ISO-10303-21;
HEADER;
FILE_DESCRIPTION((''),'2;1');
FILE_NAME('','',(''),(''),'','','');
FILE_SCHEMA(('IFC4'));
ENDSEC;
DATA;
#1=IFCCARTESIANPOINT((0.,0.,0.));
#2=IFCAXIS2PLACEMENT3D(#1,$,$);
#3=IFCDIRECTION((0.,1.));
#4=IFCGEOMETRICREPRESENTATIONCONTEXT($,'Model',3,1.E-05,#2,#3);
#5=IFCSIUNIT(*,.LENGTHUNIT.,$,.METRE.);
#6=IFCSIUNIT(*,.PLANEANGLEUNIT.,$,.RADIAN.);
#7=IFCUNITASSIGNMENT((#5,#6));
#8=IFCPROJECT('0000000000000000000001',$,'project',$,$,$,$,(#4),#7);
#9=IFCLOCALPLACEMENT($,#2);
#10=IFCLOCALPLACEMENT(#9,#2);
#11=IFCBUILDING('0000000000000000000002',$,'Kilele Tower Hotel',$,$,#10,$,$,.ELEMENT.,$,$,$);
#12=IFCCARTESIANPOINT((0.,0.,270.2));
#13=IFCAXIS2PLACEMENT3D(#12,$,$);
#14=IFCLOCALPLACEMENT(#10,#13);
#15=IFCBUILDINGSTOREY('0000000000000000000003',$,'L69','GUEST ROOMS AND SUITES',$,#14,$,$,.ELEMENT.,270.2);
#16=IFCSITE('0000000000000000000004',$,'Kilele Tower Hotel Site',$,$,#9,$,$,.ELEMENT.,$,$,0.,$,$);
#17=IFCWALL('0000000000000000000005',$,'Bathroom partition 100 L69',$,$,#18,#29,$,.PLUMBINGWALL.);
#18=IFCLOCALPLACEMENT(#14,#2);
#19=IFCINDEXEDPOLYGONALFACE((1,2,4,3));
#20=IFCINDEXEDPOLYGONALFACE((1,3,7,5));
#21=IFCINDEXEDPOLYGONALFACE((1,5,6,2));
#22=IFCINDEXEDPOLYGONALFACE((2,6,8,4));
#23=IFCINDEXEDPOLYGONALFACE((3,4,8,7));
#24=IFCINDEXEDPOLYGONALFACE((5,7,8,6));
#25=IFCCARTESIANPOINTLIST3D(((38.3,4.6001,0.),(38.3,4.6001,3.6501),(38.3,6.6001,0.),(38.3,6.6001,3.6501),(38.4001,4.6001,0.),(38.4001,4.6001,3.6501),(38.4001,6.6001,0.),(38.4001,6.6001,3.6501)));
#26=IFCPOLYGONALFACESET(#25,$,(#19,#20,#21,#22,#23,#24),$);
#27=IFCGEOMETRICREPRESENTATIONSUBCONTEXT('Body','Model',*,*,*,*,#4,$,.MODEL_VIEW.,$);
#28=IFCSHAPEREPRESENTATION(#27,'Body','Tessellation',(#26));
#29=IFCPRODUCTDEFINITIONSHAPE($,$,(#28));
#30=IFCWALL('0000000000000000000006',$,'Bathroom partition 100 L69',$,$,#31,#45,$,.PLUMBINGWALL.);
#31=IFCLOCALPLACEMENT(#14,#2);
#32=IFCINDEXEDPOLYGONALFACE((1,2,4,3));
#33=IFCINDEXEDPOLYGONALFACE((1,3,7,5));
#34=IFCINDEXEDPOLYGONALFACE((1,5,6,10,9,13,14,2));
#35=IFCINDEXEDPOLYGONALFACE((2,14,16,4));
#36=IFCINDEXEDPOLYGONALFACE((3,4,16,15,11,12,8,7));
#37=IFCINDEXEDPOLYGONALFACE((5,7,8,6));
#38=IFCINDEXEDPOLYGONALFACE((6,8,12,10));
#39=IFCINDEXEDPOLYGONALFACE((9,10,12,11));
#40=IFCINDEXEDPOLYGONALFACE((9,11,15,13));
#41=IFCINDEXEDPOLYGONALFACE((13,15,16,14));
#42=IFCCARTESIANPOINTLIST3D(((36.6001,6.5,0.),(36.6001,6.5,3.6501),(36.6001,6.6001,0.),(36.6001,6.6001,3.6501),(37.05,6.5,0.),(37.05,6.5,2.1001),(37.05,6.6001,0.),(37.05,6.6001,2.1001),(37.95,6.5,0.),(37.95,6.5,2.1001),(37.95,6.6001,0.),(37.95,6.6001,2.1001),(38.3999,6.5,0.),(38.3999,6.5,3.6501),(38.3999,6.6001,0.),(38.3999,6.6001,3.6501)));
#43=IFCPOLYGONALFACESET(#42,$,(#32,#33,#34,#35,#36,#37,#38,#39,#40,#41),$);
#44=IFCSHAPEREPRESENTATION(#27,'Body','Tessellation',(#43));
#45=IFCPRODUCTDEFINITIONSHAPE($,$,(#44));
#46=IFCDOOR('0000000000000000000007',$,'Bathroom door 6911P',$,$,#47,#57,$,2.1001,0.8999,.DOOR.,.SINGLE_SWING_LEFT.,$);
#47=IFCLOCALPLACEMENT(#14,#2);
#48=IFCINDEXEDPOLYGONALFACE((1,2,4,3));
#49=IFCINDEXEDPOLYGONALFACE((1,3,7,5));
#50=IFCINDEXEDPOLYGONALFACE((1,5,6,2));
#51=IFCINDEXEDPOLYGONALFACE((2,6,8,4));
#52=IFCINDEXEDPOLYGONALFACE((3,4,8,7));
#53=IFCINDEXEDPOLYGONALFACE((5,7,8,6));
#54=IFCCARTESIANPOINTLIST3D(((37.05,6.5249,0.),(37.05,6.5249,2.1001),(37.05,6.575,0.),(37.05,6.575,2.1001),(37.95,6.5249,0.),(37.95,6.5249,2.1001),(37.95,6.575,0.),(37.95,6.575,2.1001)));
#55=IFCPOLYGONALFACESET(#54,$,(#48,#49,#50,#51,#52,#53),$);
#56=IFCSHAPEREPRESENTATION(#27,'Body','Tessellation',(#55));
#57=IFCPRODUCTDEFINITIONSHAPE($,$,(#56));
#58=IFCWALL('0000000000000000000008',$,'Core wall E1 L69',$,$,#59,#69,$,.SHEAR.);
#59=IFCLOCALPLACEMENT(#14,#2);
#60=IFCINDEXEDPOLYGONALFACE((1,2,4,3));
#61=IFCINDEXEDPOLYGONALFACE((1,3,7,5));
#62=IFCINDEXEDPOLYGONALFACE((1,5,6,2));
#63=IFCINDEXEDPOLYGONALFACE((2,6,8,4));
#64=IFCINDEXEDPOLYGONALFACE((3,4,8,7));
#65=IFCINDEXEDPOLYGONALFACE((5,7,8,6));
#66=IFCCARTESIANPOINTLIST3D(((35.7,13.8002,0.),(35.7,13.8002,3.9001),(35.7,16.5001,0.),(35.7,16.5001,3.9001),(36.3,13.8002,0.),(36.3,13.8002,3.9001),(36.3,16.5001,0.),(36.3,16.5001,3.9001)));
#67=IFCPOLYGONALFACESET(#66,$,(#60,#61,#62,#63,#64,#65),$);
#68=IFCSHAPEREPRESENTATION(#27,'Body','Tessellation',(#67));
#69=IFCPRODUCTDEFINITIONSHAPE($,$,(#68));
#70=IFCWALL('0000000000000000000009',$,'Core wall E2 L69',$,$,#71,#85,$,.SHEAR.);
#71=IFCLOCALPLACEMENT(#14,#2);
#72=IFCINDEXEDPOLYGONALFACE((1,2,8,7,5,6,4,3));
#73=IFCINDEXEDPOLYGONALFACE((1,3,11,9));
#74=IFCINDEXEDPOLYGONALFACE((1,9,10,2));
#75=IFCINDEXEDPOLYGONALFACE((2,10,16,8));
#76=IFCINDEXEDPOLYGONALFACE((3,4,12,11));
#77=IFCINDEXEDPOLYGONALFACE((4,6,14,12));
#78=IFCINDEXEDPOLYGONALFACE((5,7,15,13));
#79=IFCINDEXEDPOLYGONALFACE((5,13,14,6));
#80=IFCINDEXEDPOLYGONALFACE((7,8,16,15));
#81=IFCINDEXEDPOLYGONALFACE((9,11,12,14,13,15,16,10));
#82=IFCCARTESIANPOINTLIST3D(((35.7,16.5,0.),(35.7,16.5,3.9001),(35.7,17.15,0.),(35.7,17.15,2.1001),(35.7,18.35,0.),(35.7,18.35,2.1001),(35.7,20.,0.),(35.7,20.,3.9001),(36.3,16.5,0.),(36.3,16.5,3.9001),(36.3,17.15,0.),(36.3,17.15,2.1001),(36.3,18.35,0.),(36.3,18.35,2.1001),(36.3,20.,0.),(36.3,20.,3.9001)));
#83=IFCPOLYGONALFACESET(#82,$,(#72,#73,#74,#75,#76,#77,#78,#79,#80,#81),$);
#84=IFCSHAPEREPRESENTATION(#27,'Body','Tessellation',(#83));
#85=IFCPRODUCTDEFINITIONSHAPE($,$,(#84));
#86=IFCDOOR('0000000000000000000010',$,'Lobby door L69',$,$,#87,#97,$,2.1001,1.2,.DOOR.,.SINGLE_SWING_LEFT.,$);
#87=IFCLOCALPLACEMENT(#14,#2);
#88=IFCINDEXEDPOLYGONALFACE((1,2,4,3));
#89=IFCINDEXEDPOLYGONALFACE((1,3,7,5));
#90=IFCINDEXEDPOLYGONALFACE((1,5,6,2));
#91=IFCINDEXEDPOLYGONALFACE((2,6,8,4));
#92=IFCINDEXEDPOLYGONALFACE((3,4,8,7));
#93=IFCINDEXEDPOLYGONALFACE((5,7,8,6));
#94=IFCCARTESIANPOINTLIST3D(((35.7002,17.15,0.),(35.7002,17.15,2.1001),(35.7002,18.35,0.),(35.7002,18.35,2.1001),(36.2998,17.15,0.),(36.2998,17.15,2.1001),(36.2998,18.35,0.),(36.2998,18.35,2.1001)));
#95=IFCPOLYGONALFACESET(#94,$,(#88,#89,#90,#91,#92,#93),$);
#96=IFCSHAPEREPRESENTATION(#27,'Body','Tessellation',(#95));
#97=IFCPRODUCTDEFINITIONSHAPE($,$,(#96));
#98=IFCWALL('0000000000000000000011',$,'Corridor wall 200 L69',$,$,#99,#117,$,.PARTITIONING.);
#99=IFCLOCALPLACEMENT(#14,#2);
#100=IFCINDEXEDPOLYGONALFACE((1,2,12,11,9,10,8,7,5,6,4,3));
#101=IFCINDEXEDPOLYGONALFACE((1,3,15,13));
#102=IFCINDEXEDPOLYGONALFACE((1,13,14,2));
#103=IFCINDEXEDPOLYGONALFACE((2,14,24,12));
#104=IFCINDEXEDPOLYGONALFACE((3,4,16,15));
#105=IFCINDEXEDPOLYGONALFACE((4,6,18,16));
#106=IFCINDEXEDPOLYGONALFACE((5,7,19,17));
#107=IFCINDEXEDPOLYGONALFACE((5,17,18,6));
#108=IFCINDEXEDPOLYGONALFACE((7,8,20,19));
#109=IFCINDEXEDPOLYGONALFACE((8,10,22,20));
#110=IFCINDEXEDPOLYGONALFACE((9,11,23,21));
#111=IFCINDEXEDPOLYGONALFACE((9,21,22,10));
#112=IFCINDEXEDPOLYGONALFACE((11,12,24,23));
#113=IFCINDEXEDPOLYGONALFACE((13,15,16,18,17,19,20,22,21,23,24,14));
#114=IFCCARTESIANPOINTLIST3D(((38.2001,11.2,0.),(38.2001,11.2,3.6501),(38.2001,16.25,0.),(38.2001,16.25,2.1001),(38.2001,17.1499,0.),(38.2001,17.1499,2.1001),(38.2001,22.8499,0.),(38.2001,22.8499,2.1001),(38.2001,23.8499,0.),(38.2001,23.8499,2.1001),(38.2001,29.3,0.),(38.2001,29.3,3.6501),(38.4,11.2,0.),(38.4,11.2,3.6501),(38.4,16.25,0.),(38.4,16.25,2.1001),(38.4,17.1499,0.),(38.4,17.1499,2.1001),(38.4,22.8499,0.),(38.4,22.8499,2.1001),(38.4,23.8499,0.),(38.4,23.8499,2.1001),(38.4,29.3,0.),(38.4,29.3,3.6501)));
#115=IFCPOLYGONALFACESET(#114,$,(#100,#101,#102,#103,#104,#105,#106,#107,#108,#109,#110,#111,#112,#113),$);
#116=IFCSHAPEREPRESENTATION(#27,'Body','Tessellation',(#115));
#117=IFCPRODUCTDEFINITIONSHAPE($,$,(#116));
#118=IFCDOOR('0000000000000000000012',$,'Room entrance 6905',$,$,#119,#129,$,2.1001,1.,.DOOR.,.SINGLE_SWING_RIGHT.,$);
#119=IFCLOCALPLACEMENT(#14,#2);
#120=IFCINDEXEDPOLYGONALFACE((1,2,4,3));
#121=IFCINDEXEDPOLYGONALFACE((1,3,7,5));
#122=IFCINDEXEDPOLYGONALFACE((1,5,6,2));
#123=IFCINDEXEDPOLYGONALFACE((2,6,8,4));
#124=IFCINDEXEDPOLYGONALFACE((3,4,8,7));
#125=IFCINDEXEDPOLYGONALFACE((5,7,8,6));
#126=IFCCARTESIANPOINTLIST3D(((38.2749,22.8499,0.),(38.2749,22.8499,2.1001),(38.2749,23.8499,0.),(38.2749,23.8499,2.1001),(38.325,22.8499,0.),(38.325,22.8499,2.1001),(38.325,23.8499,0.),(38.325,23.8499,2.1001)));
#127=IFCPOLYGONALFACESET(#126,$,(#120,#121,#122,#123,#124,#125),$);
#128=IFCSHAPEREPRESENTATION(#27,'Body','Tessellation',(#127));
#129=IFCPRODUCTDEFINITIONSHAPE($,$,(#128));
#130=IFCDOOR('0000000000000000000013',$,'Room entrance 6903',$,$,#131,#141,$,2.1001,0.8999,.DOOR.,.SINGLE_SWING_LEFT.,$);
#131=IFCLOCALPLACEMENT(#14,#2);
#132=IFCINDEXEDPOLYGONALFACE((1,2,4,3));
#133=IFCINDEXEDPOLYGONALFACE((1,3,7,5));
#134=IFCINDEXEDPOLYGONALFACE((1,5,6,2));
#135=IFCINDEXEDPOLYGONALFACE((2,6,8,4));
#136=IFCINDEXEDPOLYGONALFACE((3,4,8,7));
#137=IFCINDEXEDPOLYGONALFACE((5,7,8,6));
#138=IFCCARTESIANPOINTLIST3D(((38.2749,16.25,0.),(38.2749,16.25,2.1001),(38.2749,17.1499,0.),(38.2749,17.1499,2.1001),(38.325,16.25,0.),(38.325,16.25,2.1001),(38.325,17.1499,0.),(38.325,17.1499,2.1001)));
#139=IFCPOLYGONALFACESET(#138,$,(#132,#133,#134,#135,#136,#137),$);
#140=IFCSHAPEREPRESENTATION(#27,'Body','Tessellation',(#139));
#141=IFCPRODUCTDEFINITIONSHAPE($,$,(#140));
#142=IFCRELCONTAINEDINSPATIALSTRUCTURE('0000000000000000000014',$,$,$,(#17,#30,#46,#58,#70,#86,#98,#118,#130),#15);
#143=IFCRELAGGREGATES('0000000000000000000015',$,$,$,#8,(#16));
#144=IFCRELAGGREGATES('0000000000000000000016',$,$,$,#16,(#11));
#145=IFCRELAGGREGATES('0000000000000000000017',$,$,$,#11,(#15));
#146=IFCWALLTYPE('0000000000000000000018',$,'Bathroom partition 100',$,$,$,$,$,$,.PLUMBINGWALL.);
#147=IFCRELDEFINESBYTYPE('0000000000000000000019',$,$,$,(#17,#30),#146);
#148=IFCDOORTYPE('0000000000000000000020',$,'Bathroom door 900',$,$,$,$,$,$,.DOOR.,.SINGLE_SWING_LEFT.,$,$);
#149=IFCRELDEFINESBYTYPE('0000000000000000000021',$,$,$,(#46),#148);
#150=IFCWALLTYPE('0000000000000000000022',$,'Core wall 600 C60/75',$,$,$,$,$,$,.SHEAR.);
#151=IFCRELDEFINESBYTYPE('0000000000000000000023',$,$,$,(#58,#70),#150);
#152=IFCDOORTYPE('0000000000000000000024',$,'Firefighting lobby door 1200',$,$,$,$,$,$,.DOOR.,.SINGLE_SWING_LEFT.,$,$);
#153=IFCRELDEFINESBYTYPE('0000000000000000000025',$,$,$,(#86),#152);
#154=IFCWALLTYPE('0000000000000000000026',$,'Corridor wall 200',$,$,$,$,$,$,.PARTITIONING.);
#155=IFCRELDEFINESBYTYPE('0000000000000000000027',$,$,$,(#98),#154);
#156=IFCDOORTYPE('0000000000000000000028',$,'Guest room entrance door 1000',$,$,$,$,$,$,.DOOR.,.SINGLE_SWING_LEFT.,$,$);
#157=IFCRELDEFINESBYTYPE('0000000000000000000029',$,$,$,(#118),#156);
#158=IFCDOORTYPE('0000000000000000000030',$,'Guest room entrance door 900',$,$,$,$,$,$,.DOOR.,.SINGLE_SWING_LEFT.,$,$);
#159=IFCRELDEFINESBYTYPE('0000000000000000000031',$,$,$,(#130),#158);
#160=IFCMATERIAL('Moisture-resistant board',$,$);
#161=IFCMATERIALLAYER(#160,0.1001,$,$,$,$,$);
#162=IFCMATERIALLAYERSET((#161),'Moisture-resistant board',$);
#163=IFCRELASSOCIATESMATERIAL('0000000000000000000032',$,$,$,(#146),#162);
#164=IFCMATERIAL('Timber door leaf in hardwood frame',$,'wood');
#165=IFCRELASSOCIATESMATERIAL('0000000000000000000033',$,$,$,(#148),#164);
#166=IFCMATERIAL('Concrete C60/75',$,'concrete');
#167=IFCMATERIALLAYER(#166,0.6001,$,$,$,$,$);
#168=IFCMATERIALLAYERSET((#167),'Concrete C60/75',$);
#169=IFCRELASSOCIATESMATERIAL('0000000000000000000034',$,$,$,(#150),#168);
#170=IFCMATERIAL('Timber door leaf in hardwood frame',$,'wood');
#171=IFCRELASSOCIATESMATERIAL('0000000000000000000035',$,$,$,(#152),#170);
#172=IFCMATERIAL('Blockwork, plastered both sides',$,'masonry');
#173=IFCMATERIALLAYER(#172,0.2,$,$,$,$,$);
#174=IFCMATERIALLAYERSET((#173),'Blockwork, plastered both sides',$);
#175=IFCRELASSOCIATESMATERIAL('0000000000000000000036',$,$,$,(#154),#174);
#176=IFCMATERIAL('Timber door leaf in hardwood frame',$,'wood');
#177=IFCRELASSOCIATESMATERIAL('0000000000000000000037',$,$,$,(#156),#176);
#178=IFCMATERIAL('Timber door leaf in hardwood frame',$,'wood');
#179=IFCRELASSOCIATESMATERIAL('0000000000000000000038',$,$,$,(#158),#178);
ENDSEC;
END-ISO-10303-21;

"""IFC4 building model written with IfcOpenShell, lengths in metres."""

from ifc_helpers import new_model, si_unit, direction, frame, frame_2d, origin, place, context, subcontext, project, spatial, rectangle, extrude, material, layer, layer_set, type_object, element, fill, save


model = new_model("IFC4")

# Units and contexts
model_context = context("Model", 3, precision=1e-05, world=origin(), true_north=direction((0.0, 1.0)))
body_context = subcontext(model_context, "Body", "Model", "MODEL_VIEW")
ifc_project = project(units=[si_unit("LENGTHUNIT", "METRE"), si_unit("PLANEANGLEUNIT", "RADIAN")], contexts=[model_context])

# Site, building, storey
site_placement = place(None, origin())
site = spatial("IfcSite", under=ifc_project, at=site_placement, Name="Kilele Tower Hotel Site", CompositionType="ELEMENT", RefElevation=0.0)
building_placement = place(site_placement, origin())
building = spatial("IfcBuilding", under=site, at=building_placement, Name="Kilele Tower Hotel", CompositionType="ELEMENT")
storey_placement = place(building_placement, frame((0.0, 0.0, 270.2)))
storey = spatial("IfcBuildingStorey", under=building, at=storey_placement, Name="L69", Description="GUEST ROOMS AND SUITES", CompositionType="ELEMENT", Elevation=270.2)

# Shared definitions
ifc_material_1 = material(Name="Moisture-resistant board")
ifc_layer_1 = layer(ifc_material_1, 0.1001)
ifc_layer_set_1 = layer_set([ifc_layer_1], Name="Moisture-resistant board")
wall_type_1 = type_object("IfcWallType", Name="Bathroom partition 100", PredefinedType="PLUMBINGWALL", material=ifc_layer_set_1)

# Shared definitions
ifc_material_2 = material(Name="Timber door leaf in hardwood frame", Category="wood")
door_type_1 = type_object("IfcDoorType", Name="Bathroom door 900", OperationType="SINGLE_SWING_LEFT", PredefinedType="DOOR", material=ifc_material_2)

# Wall
wall_1_placement = place(storey_placement, frame((38.3501, 4.6001, 0.0), z_axis=(0.0, 0.0, 1.0), x_axis=(0.0, 1.0, 0.0)))
element("IfcWall", 1, at=wall_1_placement, inside=storey, type_object=wall_type_1, Name="Bathroom partition 100 L69", PredefinedType="PLUMBINGWALL", context=body_context, shape_type="SweptSolid", body=[
    extrude(rectangle(XDim=2.0, YDim=0.1001, at=frame_2d((1.0, 0.0))), origin(), (0.0, 0.0, 1.0), 3.6501),
])

# Wall, opening, door
wall_2_placement = place(storey_placement, frame((36.6001, 6.55, 0.0), z_axis=(0.0, 0.0, 1.0), x_axis=(1.0, 0.0, 0.0)))
wall_2 = element("IfcWall", 2, at=wall_2_placement, inside=storey, type_object=wall_type_1, Name="Bathroom partition 100 L69", PredefinedType="PLUMBINGWALL", context=body_context, shape_type="SweptSolid", body=[
    extrude(rectangle(XDim=1.7998, YDim=0.1001, at=frame_2d((0.8999, 0.0))), origin(), (0.0, 0.0, 1.0), 3.6501),
])
opening_1_placement = place(wall_2_placement, frame((0.45, 0.0, 0.0)))
opening_1 = element("IfcOpeningElement", 3, at=opening_1_placement, cuts=wall_2, PredefinedType="OPENING", context=body_context, shape_type="SweptSolid", body=[
    extrude(rectangle(XDim=0.8999, YDim=2.1001, at=frame_2d((0.45, 1.05))), frame((0.0, 0.0601, 0.0), z_axis=(0.0, -1.0, 0.0), x_axis=(1.0, 0.0, 0.0)), (0.0, 0.0, 1.0), 0.1201),
])
door_1_placement = place(opening_1_placement, origin())
door_1 = element("IfcDoor", 4, at=door_1_placement, inside=storey, type_object=door_type_1, Name="Bathroom door 6911P", OperationType="SINGLE_SWING_LEFT", OverallHeight=2.1001, OverallWidth=0.8999, PredefinedType="DOOR", context=body_context, shape_type="SweptSolid", body=[
    extrude(rectangle(XDim=0.8999, YDim=2.1001, at=frame_2d((0.45, 1.05))), frame((0.0, 0.0249, 0.0), z_axis=(0.0, -1.0, 0.0), x_axis=(1.0, 0.0, 0.0)), (0.0, 0.0, 1.0), 0.05),
])
fill(opening_1, door_1)

# Wall
ifc_material_3 = material(Name="Concrete C60/75", Category="concrete")
ifc_layer_2 = layer(ifc_material_3, 0.6001)
ifc_layer_set_2 = layer_set([ifc_layer_2], Name="Concrete C60/75")
wall_type_2 = type_object("IfcWallType", Name="Core wall 600 C60/75", PredefinedType="SHEAR", material=ifc_layer_set_2)
wall_3_placement = place(storey_placement, frame((36.0, 13.8, 0.0), z_axis=(0.0, 0.0, 1.0), x_axis=(0.0, 1.0, 0.0)))
element("IfcWall", 5, at=wall_3_placement, inside=storey, type_object=wall_type_2, Name="Core wall E1 L69", PredefinedType="SHEAR", context=body_context, shape_type="SweptSolid", body=[
    extrude(rectangle(XDim=2.7, YDim=0.6001, at=frame_2d((1.3501, 0.0))), origin(), (0.0, 0.0, 1.0), 3.9001),
])

# Wall, opening, door
wall_4_placement = place(storey_placement, frame((36.0, 16.5, 0.0), z_axis=(0.0, 0.0, 1.0), x_axis=(0.0, 1.0, 0.0)))
wall_4 = element("IfcWall", 6, at=wall_4_placement, inside=storey, type_object=wall_type_2, Name="Core wall E2 L69", PredefinedType="SHEAR", context=body_context, shape_type="SweptSolid", body=[
    extrude(rectangle(XDim=3.5, YDim=0.6001, at=frame_2d((1.75, 0.0))), origin(), (0.0, 0.0, 1.0), 3.9001),
])
opening_2_placement = place(wall_4_placement, frame((0.6499, 0.0, 0.0)))
opening_2 = element("IfcOpeningElement", 7, at=opening_2_placement, cuts=wall_4, PredefinedType="OPENING", context=body_context, shape_type="SweptSolid", body=[
    extrude(rectangle(XDim=1.2, YDim=2.1001, at=frame_2d((0.6001, 1.05))), frame((0.0, 0.3101, 0.0), z_axis=(0.0, -1.0, 0.0), x_axis=(1.0, 0.0, 0.0)), (0.0, 0.0, 1.0), 0.6201),
])
ifc_material_4 = material(Name="Timber door leaf in hardwood frame", Category="wood")
door_type_2 = type_object("IfcDoorType", Name="Firefighting lobby door 1200", OperationType="SINGLE_SWING_LEFT", PredefinedType="DOOR", material=ifc_material_4)
door_2_placement = place(opening_2_placement, origin())
door_2 = element("IfcDoor", 8, at=door_2_placement, inside=storey, type_object=door_type_2, Name="Lobby door L69", OperationType="SINGLE_SWING_LEFT", OverallHeight=2.1001, OverallWidth=1.2, PredefinedType="DOOR", context=body_context, shape_type="SweptSolid", body=[
    extrude(rectangle(XDim=1.2, YDim=2.1001, at=frame_2d((0.6001, 1.05))), frame((0.0, 0.2998, 0.0), z_axis=(0.0, -1.0, 0.0), x_axis=(1.0, 0.0, 0.0)), (0.0, 0.0, 1.0), 0.5996),
])
fill(opening_2, door_2)

# Wall, openings, doors
ifc_material_5 = material(Name="Blockwork, plastered both sides", Category="masonry")
ifc_layer_3 = layer(ifc_material_5, 0.2)
ifc_layer_set_3 = layer_set([ifc_layer_3], Name="Blockwork, plastered both sides")
wall_type_3 = type_object("IfcWallType", Name="Corridor wall 200", PredefinedType="PARTITIONING", material=ifc_layer_set_3)
wall_5_placement = place(storey_placement, frame((38.3, 11.2, 0.0), z_axis=(0.0, 0.0, 1.0), x_axis=(0.0, 1.0, 0.0)))
wall_5 = element("IfcWall", 9, at=wall_5_placement, inside=storey, type_object=wall_type_3, Name="Corridor wall 200 L69", PredefinedType="PARTITIONING", context=body_context, shape_type="SweptSolid", body=[
    extrude(rectangle(XDim=18.1001, YDim=0.2, at=frame_2d((9.05, 0.0))), origin(), (0.0, 0.0, 1.0), 3.6501),
])
opening_3_placement = place(wall_5_placement, frame((5.95, 0.0, 0.0), z_axis=(0.0, 0.0, 1.0), x_axis=(-1.0, 0.0, 0.0)))
opening_3 = element("IfcOpeningElement", 10, at=opening_3_placement, cuts=wall_5, PredefinedType="OPENING", context=body_context, shape_type="SweptSolid", body=[
    extrude(rectangle(XDim=0.8999, YDim=2.1001, at=frame_2d((0.45, 1.05))), frame((0.0, 0.1099, 0.0), z_axis=(0.0, -1.0, 0.0), x_axis=(1.0, 0.0, 0.0)), (0.0, 0.0, 1.0), 0.22),
])
opening_4_placement = place(wall_5_placement, frame((12.6499, 0.0, 0.0), z_axis=(0.0, 0.0, 1.0), x_axis=(-1.0, 0.0, 0.0)))
opening_4 = element("IfcOpeningElement", 11, at=opening_4_placement, cuts=wall_5, PredefinedType="OPENING", context=body_context, shape_type="SweptSolid", body=[
    extrude(rectangle(XDim=1.0, YDim=2.1001, at=frame_2d((0.5, 1.05))), frame((0.0, 0.1099, 0.0), z_axis=(0.0, -1.0, 0.0), x_axis=(1.0, 0.0, 0.0)), (0.0, 0.0, 1.0), 0.22),
])
ifc_material_6 = material(Name="Timber door leaf in hardwood frame", Category="wood")
door_type_3 = type_object("IfcDoorType", Name="Guest room entrance door 1000", OperationType="SINGLE_SWING_LEFT", PredefinedType="DOOR", material=ifc_material_6)
door_3_placement = place(opening_4_placement, origin())
door_3 = element("IfcDoor", 12, at=door_3_placement, inside=storey, type_object=door_type_3, Name="Room entrance 6905", OperationType="SINGLE_SWING_RIGHT", OverallHeight=2.1001, OverallWidth=1.0, PredefinedType="DOOR", context=body_context, shape_type="SweptSolid", body=[
    extrude(rectangle(XDim=1.0, YDim=2.1001, at=frame_2d((0.5, 1.05))), frame((0.0, 0.0249, 0.0), z_axis=(0.0, -1.0, 0.0), x_axis=(1.0, 0.0, 0.0)), (0.0, 0.0, 1.0), 0.05),
])
fill(opening_4, door_3)
ifc_material_7 = material(Name="Timber door leaf in hardwood frame", Category="wood")
door_type_4 = type_object("IfcDoorType", Name="Guest room entrance door 900", OperationType="SINGLE_SWING_LEFT", PredefinedType="DOOR", material=ifc_material_7)
door_4_placement = place(opening_3_placement, origin())
door_4 = element("IfcDoor", 13, at=door_4_placement, inside=storey, type_object=door_type_4, Name="Room entrance 6903", OperationType="SINGLE_SWING_LEFT", OverallHeight=2.1001, OverallWidth=0.8999, PredefinedType="DOOR", context=body_context, shape_type="SweptSolid", body=[
    extrude(rectangle(XDim=0.8999, YDim=2.1001, at=frame_2d((0.45, 1.05))), frame((0.0, 0.0249, 0.0), z_axis=(0.0, -1.0, 0.0), x_axis=(1.0, 0.0, 0.0)), (0.0, 0.0, 1.0), 0.05),
])
fill(opening_3, door_4)

save(model, "model.ifc")
